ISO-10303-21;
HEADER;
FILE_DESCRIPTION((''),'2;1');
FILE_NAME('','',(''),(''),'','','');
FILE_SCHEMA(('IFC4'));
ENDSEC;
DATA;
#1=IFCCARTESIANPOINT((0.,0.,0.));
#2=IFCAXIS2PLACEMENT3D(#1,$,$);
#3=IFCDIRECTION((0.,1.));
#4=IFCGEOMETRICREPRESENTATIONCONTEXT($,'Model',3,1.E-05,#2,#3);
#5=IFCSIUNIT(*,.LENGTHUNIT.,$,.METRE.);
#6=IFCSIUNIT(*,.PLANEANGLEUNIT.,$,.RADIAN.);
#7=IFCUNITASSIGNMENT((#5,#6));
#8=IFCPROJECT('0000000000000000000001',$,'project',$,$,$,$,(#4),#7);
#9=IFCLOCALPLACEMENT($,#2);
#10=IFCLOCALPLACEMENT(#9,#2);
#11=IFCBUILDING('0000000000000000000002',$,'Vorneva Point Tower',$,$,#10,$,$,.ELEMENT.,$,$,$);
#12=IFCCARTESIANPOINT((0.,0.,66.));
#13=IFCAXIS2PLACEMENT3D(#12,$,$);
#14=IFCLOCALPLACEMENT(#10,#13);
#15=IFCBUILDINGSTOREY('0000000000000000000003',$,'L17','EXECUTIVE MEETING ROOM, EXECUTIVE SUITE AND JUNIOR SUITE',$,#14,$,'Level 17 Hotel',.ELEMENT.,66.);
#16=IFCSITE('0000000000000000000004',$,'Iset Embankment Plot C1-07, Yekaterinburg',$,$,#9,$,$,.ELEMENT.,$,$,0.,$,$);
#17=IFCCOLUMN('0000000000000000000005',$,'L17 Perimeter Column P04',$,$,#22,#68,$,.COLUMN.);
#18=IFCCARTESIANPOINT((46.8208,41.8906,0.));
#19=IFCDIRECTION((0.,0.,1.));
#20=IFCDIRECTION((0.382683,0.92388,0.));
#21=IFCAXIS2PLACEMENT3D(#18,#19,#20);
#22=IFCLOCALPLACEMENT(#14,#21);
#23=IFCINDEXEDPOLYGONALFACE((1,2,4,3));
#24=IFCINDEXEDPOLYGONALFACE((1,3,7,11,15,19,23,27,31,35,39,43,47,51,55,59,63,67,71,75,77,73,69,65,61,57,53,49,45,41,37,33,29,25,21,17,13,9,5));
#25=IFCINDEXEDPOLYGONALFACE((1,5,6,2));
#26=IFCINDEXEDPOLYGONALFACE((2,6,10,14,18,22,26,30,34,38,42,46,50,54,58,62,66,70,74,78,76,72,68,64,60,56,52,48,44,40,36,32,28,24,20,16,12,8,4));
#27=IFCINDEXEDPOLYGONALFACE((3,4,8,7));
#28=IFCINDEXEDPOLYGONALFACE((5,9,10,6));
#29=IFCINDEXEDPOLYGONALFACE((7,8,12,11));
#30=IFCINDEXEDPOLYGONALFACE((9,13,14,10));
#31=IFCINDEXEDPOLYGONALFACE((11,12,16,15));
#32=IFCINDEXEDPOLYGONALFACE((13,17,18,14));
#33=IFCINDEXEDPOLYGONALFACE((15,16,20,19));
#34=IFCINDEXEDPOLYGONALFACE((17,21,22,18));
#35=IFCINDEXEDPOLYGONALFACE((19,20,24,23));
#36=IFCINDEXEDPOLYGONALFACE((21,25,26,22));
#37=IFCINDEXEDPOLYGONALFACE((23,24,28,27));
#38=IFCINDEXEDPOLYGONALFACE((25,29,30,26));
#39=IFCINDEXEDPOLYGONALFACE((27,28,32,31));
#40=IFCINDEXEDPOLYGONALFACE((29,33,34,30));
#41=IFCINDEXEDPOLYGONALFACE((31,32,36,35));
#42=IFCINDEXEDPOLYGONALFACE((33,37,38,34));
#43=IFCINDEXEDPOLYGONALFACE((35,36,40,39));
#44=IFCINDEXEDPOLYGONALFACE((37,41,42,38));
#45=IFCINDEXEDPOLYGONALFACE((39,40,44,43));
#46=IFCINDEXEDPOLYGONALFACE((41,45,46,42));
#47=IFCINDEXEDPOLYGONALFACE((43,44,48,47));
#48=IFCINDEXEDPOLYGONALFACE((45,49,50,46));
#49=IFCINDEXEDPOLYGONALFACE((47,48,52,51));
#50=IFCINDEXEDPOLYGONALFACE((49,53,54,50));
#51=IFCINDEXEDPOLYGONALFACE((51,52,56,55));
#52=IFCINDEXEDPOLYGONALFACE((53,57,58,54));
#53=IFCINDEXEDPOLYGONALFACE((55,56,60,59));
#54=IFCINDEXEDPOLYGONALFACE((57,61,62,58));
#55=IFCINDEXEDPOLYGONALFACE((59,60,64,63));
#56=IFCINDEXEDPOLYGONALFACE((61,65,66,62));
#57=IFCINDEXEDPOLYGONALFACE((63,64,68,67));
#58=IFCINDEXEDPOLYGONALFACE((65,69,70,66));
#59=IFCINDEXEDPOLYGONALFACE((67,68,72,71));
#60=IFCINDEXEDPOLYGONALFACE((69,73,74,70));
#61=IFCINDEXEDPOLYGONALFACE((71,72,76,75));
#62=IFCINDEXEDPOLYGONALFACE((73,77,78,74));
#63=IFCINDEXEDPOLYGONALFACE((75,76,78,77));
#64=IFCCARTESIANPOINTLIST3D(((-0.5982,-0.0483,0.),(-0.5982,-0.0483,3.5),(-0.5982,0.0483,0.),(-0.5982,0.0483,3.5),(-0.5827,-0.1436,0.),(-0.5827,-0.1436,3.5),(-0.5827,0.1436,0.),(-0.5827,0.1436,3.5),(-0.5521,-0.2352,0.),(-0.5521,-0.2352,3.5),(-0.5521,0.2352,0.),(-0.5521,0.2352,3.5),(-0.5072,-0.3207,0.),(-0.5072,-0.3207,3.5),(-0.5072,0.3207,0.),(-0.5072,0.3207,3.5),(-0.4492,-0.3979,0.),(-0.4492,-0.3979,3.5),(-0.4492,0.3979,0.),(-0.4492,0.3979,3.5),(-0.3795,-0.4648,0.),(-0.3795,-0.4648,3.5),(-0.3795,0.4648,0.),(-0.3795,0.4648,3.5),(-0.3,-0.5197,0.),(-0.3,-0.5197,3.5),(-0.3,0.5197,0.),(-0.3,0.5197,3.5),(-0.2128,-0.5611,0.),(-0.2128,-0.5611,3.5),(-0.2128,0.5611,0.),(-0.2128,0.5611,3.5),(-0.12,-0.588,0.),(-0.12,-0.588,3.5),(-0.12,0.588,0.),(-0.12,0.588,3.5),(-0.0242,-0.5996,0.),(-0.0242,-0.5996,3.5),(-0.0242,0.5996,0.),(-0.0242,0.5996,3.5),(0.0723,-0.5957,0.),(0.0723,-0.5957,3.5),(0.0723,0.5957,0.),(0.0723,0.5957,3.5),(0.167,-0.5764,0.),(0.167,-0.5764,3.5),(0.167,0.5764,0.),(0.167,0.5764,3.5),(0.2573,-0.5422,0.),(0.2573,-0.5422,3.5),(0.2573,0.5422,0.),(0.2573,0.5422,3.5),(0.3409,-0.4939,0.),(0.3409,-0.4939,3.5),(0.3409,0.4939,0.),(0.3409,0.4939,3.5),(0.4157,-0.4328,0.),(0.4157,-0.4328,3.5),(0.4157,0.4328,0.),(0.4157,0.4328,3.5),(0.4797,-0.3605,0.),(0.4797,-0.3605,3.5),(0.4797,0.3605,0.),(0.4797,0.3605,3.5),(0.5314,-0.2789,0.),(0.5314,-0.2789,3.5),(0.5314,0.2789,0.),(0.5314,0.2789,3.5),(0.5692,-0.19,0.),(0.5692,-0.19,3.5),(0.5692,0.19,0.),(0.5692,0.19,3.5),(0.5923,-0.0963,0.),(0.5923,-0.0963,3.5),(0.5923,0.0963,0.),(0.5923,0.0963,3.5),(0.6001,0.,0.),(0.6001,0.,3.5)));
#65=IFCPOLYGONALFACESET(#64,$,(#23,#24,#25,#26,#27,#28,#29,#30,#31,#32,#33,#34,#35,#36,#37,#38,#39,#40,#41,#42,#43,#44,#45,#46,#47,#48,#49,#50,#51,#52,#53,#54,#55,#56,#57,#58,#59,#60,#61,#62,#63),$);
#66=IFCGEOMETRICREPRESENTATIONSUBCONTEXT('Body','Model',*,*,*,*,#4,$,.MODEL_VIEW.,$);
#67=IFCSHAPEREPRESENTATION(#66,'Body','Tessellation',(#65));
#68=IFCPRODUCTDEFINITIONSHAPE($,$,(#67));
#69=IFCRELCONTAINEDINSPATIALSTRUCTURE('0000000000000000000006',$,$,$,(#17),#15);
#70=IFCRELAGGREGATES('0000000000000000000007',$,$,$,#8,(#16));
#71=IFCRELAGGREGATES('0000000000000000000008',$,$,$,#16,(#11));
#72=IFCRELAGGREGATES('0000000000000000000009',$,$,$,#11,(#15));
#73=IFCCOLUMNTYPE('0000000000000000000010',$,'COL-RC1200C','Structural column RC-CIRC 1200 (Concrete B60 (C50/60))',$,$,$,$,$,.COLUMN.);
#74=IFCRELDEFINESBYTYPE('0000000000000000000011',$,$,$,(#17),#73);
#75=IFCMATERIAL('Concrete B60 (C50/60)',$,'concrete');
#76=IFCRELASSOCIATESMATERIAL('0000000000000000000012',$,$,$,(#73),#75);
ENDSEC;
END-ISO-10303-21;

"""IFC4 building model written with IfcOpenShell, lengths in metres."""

from ifc_helpers import new_model, si_unit, direction, frame, origin, origin_2d, place, context, subcontext, project, spatial, circle, extrude, material, material_profile, profile_set, type_object, element, save


model = new_model("IFC4")

# Units and contexts
model_context = context("Model", 3, precision=1e-05, world=origin(), true_north=direction((0.0, 1.0)))
body_context = subcontext(model_context, "Body", "Model", "MODEL_VIEW")
ifc_project = project(units=[si_unit("LENGTHUNIT", "METRE"), si_unit("PLANEANGLEUNIT", "RADIAN")], contexts=[model_context])

# Site, building, storey
site_placement = place(None, origin())
site = spatial("IfcSite", under=ifc_project, at=site_placement, Name="Iset Embankment Plot C1-07, Yekaterinburg", CompositionType="ELEMENT", RefElevation=0.0)
building_placement = place(site_placement, origin())
building = spatial("IfcBuilding", under=site, at=building_placement, Name="Vorneva Point Tower", CompositionType="ELEMENT")
storey_placement = place(building_placement, frame((0.0, 0.0, 66.0)))
storey = spatial("IfcBuildingStorey", under=building, at=storey_placement, Name="L17", Description="EXECUTIVE MEETING ROOM, EXECUTIVE SUITE AND JUNIOR SUITE", LongName="Level 17 Hotel", CompositionType="ELEMENT", Elevation=66.0)

# Column
ifc_material_1 = material(Name="Concrete B60 (C50/60)", Category="concrete")
ifc_material_profile_1 = material_profile(ifc_material_1, circle(Radius=0.6001, at=origin_2d()), Name="RC-CIRC 1200")
ifc_profile_set_1 = profile_set([ifc_material_profile_1], Name="Concrete B60 (C50/60)")
column_type_1 = type_object("IfcColumnType", Name="COL-RC1200C", Description="Structural column RC-CIRC 1200 (Concrete B60 (C50/60))", PredefinedType="COLUMN", material=ifc_profile_set_1)
column_placement = place(storey_placement, frame((46.8208, 41.8906, 0.0), z_axis=(0.0, 0.0, 1.0), x_axis=(0.382683, 0.92388, 0.0)))
element("IfcColumn", 1, at=column_placement, inside=storey, type_object=column_type_1, Name="L17 Perimeter Column P04", PredefinedType="COLUMN", context=body_context, shape_type="SweptSolid", body=[
    extrude(circle(Radius=0.6001, at=origin_2d()), origin(), (0.0, 0.0, 1.0), 3.5),
])

save(model, "model.ifc")
